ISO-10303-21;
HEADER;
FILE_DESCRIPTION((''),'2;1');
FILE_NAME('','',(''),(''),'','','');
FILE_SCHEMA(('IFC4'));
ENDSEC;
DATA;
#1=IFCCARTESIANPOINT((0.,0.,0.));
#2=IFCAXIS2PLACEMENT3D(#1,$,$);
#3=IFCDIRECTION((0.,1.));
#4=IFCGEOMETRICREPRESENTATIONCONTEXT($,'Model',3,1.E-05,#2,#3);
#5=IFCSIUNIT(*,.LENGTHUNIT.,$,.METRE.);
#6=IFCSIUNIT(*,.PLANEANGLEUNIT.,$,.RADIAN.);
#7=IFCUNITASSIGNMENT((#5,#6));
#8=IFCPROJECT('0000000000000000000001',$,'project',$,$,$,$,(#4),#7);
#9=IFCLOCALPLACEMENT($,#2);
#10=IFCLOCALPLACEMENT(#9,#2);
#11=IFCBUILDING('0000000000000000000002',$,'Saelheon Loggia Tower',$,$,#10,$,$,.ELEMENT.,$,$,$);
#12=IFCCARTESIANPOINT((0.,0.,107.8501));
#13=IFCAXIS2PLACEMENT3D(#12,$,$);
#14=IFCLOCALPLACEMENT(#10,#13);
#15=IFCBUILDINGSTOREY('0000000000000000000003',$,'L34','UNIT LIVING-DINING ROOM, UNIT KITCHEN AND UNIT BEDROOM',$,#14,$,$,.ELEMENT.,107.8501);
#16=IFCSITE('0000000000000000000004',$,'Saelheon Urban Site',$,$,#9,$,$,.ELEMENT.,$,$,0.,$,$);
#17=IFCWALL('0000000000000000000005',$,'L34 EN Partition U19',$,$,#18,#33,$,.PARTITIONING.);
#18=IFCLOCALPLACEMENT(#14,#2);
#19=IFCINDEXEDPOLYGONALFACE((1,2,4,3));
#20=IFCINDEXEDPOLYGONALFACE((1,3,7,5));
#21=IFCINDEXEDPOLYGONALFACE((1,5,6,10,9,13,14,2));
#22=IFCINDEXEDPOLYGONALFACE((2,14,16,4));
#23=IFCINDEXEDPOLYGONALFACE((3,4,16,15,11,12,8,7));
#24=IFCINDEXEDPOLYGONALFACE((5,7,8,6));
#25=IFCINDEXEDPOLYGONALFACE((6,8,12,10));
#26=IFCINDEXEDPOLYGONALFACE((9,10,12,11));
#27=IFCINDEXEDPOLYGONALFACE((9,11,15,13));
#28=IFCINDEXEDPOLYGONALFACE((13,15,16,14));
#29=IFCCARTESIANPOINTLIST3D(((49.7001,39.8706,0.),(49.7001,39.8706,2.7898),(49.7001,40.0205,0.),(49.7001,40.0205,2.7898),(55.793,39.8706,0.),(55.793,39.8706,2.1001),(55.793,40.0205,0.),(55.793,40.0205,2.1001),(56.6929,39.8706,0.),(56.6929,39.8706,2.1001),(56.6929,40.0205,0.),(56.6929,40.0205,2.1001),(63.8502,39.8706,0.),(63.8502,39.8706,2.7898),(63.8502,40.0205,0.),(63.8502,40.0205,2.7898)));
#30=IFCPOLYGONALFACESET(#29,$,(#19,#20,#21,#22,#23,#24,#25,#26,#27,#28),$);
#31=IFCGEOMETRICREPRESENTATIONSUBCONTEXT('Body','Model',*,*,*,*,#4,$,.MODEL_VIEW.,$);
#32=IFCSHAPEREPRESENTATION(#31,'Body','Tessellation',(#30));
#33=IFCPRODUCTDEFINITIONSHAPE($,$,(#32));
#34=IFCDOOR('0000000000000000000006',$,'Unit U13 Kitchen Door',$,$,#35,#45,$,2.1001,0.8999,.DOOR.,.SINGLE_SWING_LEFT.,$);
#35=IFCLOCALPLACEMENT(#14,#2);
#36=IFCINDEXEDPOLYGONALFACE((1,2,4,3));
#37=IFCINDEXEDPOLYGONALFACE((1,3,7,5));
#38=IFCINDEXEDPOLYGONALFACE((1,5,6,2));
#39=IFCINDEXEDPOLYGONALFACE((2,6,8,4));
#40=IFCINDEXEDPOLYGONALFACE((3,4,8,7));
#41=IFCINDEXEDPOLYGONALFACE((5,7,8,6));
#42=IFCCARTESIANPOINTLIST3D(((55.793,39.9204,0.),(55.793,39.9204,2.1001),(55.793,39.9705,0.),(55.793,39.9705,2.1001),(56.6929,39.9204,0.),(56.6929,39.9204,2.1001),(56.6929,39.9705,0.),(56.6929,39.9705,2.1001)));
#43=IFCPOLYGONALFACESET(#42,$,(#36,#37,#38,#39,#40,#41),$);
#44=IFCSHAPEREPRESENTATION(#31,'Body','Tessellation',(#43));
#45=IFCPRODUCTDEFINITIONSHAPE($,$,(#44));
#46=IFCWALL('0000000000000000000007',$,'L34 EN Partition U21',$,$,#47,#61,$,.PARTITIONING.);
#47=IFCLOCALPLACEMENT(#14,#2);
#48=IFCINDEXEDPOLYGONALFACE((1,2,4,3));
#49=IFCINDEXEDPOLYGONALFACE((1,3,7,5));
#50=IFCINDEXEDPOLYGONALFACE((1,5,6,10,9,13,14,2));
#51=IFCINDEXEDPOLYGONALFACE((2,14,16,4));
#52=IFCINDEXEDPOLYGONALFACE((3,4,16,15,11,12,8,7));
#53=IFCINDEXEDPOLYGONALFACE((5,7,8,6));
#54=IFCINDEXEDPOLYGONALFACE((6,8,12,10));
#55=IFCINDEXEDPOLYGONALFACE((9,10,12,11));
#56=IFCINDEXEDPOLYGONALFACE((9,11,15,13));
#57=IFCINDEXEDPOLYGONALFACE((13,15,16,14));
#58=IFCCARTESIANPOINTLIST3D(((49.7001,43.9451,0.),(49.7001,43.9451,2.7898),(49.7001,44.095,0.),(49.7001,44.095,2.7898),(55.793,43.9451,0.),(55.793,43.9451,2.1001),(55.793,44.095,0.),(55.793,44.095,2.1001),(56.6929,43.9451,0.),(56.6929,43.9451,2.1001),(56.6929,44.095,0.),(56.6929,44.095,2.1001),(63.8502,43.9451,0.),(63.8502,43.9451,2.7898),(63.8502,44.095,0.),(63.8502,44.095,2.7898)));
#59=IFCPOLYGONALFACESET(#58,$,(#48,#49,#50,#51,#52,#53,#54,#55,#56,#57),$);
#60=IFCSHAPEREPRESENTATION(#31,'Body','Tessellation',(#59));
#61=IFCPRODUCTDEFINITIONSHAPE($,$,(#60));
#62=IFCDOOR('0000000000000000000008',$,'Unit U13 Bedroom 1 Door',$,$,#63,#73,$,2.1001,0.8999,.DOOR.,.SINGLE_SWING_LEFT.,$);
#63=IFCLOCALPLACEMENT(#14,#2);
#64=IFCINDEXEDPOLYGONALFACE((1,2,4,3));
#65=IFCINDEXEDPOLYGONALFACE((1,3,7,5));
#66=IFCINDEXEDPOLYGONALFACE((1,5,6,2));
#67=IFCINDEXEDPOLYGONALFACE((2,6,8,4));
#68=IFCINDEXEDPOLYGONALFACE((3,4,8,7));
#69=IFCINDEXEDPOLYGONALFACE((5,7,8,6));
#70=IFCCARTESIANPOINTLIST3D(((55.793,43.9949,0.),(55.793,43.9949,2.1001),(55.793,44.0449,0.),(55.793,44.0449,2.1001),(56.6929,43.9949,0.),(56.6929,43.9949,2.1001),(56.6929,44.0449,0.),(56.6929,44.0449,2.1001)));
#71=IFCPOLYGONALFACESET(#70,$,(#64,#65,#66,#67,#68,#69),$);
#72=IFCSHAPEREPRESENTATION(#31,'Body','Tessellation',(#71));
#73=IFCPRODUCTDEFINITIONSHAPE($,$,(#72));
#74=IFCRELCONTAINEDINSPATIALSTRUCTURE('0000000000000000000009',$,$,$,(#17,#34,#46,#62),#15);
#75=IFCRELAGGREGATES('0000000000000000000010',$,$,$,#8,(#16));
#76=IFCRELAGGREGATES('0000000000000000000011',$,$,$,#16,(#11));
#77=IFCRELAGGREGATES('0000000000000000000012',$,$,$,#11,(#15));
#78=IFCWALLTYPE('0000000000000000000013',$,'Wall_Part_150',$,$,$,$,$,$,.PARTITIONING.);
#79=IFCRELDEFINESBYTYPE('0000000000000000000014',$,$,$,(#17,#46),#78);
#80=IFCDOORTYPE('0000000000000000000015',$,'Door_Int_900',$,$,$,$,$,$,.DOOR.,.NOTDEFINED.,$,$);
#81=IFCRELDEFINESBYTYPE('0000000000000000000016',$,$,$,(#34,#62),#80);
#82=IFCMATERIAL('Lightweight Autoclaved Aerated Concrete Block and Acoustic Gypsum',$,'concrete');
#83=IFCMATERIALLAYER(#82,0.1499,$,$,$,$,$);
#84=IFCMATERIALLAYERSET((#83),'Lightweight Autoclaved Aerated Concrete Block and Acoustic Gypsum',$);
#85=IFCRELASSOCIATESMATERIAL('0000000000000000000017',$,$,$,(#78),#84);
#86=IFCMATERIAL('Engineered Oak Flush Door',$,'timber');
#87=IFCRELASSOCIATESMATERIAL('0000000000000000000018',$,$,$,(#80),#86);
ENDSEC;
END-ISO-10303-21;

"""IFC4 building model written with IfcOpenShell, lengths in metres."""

from ifc_helpers import new_model, si_unit, direction, frame, frame_2d, origin, place, context, subcontext, project, spatial, rectangle, extrude, source, transform, mapped, material, layer, layer_set, type_object, element, fill, save


model = new_model("IFC4")

# Units and contexts
model_context = context("Model", 3, precision=1e-05, world=origin(), true_north=direction((0.0, 1.0)))
body_context = subcontext(model_context, "Body", "Model", "MODEL_VIEW")
ifc_project = project(units=[si_unit("LENGTHUNIT", "METRE"), si_unit("PLANEANGLEUNIT", "RADIAN")], contexts=[model_context])

# Site, building, storey
site_placement = place(None, origin())
site = spatial("IfcSite", under=ifc_project, at=site_placement, Name="Saelheon Urban Site", CompositionType="ELEMENT", RefElevation=0.0)
building_placement = place(site_placement, origin())
building = spatial("IfcBuilding", under=site, at=building_placement, Name="Saelheon Loggia Tower", CompositionType="ELEMENT")
storey_placement = place(building_placement, frame((0.0, 0.0, 107.8501)))
storey = spatial("IfcBuildingStorey", under=building, at=storey_placement, Name="L34", Description="UNIT LIVING-DINING ROOM, UNIT KITCHEN AND UNIT BEDROOM", CompositionType="ELEMENT", Elevation=107.8501)

# Shared definitions
ifc_material_1 = material(Name="Lightweight Autoclaved Aerated Concrete Block and Acoustic Gypsum", Category="concrete")
ifc_layer_1 = layer(ifc_material_1, 0.1499)
ifc_layer_set_1 = layer_set([ifc_layer_1], Name="Lightweight Autoclaved Aerated Concrete Block and Acoustic Gypsum")
wall_type = type_object("IfcWallType", Name="Wall_Part_150", PredefinedType="PARTITIONING", material=ifc_layer_set_1)
ifc_material_2 = material(Name="Engineered Oak Flush Door", Category="timber")
door_type = type_object("IfcDoorType", Name="Door_Int_900", OperationType="NOTDEFINED", PredefinedType="DOOR", material=ifc_material_2)
shared_shape_1 = source(origin(), body_context, "Body", "SweptSolid", [
    extrude(rectangle(XDim=0.8999, YDim=2.1001, at=frame_2d((0.45, 1.05))), frame((0.0, 0.0249, 0.0), z_axis=(0.0, -1.0, 0.0), x_axis=(1.0, 0.0, 0.0)), (0.0, 0.0, 1.0), 0.05),
])

# Walls, openings, doors
wall_1_placement = place(storey_placement, frame((49.7, 39.9456, 0.0), z_axis=(0.0, 0.0, 1.0), x_axis=(1.0, 0.0, 0.0)))
wall_1 = element("IfcWall", 1, at=wall_1_placement, inside=storey, type_object=wall_type, Name="L34 EN Partition U19", PredefinedType="PARTITIONING", context=body_context, shape_type="SweptSolid", body=[
    extrude(rectangle(XDim=14.1501, YDim=0.1499, at=frame_2d((7.0752, 0.0))), origin(), (0.0, 0.0, 1.0), 2.7898),
])
opening_1_placement = place(wall_1_placement, frame((6.093, 0.0, 0.0)))
opening_1 = element("IfcOpeningElement", 2, at=opening_1_placement, cuts=wall_1, PredefinedType="OPENING", context=body_context, shape_type="SweptSolid", body=[
    extrude(rectangle(XDim=0.8999, YDim=2.1001, at=frame_2d((0.45, 1.05))), frame((0.0, 0.0869, 0.0), z_axis=(0.0, -1.0, 0.0), x_axis=(1.0, 0.0, 0.0)), (0.0, 0.0, 1.0), 0.1738),
])
door_1_placement = place(opening_1_placement, origin())
door_1 = element("IfcDoor", 3, at=door_1_placement, inside=storey, type_object=door_type, Name="Unit U13 Kitchen Door", OperationType="SINGLE_SWING_LEFT", OverallHeight=2.1001, OverallWidth=0.8999, PredefinedType="DOOR", context=body_context, shape_type="MappedRepresentation", body=[
    mapped(shared_shape_1, transform((0.0, 0.0, 0.0), scale=1.0)),
])
fill(opening_1, door_1)
wall_2_placement = place(storey_placement, frame((49.7, 44.02, 0.0), z_axis=(0.0, 0.0, 1.0), x_axis=(1.0, 0.0, 0.0)))
wall_2 = element("IfcWall", 4, at=wall_2_placement, inside=storey, type_object=wall_type, Name="L34 EN Partition U21", PredefinedType="PARTITIONING", context=body_context, shape_type="SweptSolid", body=[
    extrude(rectangle(XDim=14.1501, YDim=0.1499, at=frame_2d((7.0752, 0.0))), origin(), (0.0, 0.0, 1.0), 2.7898),
])
opening_2_placement = place(wall_2_placement, frame((6.093, 0.0, 0.0)))
opening_2 = element("IfcOpeningElement", 5, at=opening_2_placement, cuts=wall_2, PredefinedType="OPENING", context=body_context, shape_type="SweptSolid", body=[
    extrude(rectangle(XDim=0.8999, YDim=2.1001, at=frame_2d((0.45, 1.05))), frame((0.0, 0.0869, 0.0), z_axis=(0.0, -1.0, 0.0), x_axis=(1.0, 0.0, 0.0)), (0.0, 0.0, 1.0), 0.1738),
])
door_2_placement = place(opening_2_placement, origin())
door_2 = element("IfcDoor", 6, at=door_2_placement, inside=storey, type_object=door_type, Name="Unit U13 Bedroom 1 Door", OperationType="SINGLE_SWING_LEFT", OverallHeight=2.1001, OverallWidth=0.8999, PredefinedType="DOOR", context=body_context, shape_type="MappedRepresentation", body=[
    mapped(shared_shape_1, transform((0.0, 0.0, 0.0), scale=1.0)),
])
fill(opening_2, door_2)

save(model, "model.ifc")
